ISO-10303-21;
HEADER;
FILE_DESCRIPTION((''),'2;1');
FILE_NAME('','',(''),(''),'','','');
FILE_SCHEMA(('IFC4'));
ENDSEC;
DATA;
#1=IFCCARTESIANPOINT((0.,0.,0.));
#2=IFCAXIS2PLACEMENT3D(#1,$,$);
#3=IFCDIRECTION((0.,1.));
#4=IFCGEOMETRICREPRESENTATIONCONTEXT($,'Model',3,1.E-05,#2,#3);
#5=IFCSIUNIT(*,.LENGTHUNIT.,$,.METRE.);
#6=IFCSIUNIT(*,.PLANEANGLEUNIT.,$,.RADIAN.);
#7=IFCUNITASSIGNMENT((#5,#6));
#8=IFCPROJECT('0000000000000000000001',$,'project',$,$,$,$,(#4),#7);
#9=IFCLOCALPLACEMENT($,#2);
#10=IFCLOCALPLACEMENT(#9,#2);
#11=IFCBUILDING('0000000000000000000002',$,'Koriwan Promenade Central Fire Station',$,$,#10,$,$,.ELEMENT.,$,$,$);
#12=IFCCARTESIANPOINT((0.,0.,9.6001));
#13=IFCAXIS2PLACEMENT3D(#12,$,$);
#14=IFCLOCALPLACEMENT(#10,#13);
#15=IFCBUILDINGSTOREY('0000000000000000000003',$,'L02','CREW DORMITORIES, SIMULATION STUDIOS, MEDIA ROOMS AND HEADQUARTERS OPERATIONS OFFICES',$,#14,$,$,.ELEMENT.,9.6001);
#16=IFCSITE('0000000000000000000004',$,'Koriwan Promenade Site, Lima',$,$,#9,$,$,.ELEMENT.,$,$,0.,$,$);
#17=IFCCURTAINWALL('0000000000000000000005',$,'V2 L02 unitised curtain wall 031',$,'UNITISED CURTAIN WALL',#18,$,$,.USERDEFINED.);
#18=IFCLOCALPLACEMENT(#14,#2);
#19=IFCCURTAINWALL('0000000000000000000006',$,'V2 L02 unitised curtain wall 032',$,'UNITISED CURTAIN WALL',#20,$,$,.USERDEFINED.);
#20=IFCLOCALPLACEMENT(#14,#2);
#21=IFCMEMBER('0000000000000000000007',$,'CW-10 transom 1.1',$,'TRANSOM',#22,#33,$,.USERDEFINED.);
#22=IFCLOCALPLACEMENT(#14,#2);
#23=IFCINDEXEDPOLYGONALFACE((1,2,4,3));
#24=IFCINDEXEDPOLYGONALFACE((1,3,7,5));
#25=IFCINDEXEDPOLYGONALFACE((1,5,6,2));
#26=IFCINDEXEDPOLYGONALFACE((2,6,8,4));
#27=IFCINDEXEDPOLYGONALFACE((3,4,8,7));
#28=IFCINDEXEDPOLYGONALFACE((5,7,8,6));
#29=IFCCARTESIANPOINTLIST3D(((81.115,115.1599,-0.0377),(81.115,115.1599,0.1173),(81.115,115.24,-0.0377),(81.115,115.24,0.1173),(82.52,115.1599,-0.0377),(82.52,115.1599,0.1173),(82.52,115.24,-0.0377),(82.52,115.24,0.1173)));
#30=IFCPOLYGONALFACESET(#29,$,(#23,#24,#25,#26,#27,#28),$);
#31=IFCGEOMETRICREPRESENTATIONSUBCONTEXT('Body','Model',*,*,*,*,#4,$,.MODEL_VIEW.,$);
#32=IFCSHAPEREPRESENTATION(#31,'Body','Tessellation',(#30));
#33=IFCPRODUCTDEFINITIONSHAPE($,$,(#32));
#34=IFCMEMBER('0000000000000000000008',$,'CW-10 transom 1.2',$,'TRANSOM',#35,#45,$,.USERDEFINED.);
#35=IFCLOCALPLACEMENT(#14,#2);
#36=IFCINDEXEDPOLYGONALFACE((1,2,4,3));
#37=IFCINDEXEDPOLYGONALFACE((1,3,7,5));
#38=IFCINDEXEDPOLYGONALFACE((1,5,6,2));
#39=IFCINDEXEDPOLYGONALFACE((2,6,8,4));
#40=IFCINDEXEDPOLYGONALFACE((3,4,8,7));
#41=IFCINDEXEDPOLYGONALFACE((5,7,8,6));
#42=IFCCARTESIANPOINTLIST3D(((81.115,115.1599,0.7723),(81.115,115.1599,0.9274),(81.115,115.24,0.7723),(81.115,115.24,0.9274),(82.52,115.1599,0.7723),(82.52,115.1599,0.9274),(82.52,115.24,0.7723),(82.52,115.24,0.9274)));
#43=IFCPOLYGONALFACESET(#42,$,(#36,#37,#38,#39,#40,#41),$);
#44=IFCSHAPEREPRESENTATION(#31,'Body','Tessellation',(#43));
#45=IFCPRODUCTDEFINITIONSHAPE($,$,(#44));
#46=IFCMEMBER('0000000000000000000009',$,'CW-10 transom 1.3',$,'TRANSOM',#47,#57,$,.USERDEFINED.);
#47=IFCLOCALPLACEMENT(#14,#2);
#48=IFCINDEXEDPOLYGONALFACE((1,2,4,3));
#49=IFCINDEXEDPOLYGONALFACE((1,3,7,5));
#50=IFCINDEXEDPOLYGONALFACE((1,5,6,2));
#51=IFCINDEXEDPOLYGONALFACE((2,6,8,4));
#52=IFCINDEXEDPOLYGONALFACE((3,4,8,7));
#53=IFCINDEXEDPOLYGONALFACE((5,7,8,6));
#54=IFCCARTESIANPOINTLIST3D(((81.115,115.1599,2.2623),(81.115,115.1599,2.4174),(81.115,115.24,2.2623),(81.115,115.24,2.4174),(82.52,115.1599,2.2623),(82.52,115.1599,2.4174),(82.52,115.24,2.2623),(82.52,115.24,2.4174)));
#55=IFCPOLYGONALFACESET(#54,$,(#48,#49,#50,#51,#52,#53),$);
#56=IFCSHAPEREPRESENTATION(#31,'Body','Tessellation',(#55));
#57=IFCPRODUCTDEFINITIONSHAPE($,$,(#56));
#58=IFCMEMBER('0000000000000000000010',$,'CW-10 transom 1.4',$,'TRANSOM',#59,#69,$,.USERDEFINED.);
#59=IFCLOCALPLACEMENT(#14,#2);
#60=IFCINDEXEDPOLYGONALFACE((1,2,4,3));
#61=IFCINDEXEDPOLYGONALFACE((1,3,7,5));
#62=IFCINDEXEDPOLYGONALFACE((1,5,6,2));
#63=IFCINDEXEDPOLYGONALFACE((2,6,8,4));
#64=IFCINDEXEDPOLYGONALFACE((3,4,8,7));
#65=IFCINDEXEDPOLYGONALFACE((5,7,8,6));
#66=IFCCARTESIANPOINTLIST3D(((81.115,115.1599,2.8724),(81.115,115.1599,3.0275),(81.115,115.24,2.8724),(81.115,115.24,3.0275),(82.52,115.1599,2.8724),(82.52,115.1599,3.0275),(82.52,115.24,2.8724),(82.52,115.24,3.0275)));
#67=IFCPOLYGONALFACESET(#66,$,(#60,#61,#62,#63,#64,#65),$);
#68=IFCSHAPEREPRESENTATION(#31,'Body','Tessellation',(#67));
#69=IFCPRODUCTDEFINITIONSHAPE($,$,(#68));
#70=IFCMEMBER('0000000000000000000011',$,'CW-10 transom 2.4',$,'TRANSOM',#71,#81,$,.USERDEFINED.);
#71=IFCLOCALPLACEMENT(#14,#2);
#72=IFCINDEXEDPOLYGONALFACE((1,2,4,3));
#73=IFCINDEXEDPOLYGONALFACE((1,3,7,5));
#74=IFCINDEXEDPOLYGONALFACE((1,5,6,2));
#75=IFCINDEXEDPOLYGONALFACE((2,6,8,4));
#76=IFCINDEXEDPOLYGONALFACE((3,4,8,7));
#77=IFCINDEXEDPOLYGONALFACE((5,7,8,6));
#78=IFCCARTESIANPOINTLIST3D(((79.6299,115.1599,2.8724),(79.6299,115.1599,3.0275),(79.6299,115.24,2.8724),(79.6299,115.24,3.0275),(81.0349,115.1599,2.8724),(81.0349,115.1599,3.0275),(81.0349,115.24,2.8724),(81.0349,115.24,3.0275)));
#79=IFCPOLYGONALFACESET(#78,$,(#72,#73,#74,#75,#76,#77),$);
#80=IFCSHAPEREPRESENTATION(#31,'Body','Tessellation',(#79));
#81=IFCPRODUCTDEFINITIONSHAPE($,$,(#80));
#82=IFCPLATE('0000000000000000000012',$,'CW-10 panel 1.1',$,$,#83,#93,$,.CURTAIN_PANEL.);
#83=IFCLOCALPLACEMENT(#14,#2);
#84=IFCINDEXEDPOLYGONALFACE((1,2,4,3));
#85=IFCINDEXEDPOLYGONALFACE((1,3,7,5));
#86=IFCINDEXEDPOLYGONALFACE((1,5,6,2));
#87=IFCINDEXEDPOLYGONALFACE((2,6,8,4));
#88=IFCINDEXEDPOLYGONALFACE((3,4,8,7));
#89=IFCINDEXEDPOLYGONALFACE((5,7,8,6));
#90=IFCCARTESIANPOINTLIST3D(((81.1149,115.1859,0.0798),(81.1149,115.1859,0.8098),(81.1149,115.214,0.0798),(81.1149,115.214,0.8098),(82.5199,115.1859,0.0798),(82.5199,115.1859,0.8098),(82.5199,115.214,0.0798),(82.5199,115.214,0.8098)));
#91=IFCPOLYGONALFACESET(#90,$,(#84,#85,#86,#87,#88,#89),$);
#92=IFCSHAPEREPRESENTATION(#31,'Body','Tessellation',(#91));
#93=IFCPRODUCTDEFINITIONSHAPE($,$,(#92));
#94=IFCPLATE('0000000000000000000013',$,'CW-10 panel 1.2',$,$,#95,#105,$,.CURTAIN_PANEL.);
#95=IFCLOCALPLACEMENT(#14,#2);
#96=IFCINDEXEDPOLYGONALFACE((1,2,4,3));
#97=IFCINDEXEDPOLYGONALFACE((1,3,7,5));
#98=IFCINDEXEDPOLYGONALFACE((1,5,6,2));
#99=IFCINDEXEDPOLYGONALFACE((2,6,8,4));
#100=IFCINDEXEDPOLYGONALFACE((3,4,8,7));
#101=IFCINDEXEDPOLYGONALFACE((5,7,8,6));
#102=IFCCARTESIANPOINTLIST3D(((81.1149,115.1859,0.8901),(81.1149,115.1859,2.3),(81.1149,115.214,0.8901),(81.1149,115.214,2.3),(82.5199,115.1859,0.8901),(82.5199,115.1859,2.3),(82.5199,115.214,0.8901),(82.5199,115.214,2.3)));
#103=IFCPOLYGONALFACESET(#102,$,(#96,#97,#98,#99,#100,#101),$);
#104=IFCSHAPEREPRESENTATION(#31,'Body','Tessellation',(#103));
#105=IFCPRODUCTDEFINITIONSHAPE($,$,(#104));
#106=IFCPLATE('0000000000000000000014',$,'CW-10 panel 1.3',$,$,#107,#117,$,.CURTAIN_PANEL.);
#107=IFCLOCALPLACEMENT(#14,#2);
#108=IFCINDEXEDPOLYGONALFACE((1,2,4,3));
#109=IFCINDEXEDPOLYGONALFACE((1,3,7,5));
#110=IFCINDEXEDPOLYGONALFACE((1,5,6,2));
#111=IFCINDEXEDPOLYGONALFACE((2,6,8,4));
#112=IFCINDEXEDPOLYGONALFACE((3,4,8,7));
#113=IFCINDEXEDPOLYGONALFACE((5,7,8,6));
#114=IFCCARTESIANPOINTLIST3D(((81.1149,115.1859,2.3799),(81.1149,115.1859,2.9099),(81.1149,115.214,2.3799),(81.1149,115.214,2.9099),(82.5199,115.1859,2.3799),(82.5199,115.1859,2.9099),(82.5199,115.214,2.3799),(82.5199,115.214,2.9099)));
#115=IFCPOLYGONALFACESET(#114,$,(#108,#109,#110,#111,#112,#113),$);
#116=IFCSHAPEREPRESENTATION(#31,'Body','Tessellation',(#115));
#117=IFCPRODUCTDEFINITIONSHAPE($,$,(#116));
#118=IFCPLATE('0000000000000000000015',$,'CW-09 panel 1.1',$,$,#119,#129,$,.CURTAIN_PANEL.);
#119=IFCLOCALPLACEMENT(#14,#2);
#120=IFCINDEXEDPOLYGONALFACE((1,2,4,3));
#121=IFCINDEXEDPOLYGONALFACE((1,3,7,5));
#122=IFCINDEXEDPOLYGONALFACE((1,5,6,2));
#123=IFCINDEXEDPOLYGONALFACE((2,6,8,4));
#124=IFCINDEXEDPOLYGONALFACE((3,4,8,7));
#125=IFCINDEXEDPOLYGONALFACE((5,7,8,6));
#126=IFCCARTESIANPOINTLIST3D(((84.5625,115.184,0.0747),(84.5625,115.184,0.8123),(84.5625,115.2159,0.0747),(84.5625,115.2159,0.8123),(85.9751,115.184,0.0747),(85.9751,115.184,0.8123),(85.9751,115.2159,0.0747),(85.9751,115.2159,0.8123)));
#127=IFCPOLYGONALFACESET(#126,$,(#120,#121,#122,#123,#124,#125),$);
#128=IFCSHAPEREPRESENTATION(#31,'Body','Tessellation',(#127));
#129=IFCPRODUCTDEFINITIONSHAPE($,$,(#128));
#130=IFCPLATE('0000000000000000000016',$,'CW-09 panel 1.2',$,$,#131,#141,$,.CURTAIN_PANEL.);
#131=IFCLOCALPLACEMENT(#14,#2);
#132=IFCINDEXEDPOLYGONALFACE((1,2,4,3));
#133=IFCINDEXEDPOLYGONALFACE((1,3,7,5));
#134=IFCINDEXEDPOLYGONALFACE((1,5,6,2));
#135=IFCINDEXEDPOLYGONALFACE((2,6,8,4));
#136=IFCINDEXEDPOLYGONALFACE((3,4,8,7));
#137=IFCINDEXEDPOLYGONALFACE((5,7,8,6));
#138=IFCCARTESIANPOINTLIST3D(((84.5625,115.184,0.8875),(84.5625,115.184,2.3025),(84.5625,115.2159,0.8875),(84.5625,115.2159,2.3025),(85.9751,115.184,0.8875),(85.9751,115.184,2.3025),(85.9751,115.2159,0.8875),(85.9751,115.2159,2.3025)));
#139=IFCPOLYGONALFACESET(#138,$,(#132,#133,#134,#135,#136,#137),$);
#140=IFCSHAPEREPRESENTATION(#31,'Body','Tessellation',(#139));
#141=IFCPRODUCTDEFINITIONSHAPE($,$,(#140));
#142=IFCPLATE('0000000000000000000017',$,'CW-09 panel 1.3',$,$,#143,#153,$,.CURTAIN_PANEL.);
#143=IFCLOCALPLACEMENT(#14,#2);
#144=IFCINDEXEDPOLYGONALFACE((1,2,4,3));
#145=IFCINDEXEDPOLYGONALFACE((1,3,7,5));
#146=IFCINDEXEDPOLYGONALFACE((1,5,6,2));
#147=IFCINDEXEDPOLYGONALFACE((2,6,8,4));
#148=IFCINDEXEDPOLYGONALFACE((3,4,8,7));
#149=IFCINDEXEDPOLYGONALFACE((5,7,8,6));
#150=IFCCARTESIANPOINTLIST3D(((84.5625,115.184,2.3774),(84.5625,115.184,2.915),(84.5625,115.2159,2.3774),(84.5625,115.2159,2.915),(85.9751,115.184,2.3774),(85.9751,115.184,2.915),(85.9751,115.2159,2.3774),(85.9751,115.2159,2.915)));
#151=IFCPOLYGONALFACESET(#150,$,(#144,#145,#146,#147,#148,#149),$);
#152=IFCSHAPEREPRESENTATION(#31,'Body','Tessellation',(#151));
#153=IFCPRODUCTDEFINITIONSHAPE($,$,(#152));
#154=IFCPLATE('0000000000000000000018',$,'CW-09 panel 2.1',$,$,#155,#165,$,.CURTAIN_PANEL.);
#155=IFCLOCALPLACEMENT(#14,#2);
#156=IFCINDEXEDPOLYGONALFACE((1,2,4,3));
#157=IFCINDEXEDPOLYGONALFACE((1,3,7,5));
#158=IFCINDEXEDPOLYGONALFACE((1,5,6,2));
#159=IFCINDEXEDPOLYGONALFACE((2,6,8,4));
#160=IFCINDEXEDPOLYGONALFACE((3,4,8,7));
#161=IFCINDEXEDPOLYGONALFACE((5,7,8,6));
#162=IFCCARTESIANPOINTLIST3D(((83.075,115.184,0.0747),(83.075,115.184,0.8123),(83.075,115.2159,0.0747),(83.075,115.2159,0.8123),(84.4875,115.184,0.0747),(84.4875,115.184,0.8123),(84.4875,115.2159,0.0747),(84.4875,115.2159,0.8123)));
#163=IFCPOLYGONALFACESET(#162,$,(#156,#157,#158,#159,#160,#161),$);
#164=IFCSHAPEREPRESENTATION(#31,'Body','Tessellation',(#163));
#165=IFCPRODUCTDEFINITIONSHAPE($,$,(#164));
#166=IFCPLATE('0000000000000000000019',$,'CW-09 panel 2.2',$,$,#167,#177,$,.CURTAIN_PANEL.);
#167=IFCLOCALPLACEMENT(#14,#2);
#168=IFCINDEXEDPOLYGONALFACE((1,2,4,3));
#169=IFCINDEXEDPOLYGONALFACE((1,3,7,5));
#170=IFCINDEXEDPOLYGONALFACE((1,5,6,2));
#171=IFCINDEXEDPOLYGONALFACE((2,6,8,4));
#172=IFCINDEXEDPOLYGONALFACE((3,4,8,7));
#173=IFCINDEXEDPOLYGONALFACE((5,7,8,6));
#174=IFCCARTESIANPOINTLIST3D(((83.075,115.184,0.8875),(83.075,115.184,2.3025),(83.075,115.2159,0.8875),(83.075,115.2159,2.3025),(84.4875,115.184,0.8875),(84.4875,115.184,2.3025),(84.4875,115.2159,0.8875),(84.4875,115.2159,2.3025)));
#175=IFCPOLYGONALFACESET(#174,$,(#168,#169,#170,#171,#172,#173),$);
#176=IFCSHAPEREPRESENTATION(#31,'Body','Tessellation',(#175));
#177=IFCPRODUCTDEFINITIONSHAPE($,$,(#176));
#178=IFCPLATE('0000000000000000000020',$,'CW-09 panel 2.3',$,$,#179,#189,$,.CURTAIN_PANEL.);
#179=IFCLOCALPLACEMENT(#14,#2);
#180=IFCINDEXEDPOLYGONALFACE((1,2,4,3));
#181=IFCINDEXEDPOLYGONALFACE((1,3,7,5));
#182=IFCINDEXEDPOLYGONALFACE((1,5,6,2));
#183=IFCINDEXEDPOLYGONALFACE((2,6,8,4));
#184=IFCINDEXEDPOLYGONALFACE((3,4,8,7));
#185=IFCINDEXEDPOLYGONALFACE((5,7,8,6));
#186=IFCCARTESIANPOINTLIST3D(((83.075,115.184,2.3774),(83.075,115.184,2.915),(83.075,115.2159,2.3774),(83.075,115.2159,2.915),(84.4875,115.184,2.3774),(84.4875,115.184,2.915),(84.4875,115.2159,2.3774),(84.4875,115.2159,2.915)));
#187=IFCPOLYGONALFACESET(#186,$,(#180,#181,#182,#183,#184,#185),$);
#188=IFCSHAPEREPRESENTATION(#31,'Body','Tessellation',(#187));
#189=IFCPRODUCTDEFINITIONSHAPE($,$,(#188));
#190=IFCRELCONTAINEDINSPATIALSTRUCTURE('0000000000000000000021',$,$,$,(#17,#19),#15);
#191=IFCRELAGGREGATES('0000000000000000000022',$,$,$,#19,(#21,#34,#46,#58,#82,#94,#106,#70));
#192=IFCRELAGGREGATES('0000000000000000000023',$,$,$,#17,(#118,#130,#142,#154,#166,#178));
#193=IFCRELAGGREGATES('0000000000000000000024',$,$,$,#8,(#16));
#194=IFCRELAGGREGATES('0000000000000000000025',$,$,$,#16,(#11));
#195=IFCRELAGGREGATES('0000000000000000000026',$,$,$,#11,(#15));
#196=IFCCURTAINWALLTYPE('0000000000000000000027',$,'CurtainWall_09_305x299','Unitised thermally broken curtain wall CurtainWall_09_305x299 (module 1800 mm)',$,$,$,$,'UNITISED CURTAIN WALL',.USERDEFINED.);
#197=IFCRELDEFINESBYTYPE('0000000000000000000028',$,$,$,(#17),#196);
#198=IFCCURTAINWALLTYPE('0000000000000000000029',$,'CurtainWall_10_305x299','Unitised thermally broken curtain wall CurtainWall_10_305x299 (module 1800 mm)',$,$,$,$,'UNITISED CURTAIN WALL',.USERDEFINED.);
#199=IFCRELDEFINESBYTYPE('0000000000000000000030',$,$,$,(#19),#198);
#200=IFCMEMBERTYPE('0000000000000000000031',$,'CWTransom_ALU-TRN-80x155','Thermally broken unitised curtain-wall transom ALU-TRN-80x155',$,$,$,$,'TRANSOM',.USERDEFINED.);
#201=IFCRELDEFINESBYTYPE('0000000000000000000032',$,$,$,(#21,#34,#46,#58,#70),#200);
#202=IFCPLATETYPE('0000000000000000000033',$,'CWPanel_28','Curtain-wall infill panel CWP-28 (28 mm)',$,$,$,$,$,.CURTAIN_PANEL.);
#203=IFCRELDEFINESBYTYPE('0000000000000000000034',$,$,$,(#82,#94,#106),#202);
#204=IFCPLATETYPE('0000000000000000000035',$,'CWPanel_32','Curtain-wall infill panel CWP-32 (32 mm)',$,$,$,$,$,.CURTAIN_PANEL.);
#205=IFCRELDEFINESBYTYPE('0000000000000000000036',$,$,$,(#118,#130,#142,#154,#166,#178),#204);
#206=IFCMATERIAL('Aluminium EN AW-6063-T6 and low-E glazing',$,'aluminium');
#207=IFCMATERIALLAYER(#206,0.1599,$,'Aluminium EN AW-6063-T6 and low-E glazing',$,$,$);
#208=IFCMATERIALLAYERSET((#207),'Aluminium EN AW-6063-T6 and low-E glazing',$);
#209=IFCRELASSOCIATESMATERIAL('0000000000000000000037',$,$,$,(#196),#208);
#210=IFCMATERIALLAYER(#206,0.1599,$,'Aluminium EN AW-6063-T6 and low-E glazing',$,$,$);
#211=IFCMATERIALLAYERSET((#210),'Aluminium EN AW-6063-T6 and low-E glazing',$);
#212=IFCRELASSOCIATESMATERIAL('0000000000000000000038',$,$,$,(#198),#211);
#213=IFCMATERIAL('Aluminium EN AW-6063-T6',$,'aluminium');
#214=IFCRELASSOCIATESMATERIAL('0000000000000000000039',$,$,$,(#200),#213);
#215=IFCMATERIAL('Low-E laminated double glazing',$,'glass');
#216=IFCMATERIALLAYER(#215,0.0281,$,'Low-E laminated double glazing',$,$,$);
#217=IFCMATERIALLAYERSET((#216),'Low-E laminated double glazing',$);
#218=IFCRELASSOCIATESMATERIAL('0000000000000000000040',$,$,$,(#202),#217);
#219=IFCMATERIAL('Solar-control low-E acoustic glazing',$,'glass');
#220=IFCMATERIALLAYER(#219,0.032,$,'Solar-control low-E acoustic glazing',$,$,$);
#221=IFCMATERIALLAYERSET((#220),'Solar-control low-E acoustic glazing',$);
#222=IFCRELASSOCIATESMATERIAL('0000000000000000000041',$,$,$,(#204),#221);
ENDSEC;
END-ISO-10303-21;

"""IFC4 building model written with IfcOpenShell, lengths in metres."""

from ifc_helpers import new_model, si_unit, direction, frame, origin, origin_2d, place, context, subcontext, project, spatial, rectangle, extrude, material, layer, layer_set, material_profile, profile_set, type_object, element, aggregate, save


model = new_model("IFC4")

# Units and contexts
model_context = context("Model", 3, precision=1e-05, world=origin(), true_north=direction((0.0, 1.0)))
body_context = subcontext(model_context, "Body", "Model", "MODEL_VIEW")
ifc_project = project(units=[si_unit("LENGTHUNIT", "METRE"), si_unit("PLANEANGLEUNIT", "RADIAN")], contexts=[model_context])

# Site, building, storey
site_placement = place(None, origin())
site = spatial("IfcSite", under=ifc_project, at=site_placement, Name="Koriwan Promenade Site, Lima", CompositionType="ELEMENT", RefElevation=0.0)
building_placement = place(site_placement, origin())
building = spatial("IfcBuilding", under=site, at=building_placement, Name="Koriwan Promenade Central Fire Station", CompositionType="ELEMENT")
storey_placement = place(building_placement, frame((0.0, 0.0, 9.6001)))
storey = spatial("IfcBuildingStorey", under=building, at=storey_placement, Name="L02", Description="CREW DORMITORIES, SIMULATION STUDIOS, MEDIA ROOMS AND HEADQUARTERS OPERATIONS OFFICES", CompositionType="ELEMENT", Elevation=9.6001)

# Curtain walls
ifc_material_1 = material(Name="Aluminium EN AW-6063-T6 and low-E glazing", Category="aluminium")
ifc_layer_1 = layer(ifc_material_1, 0.1599, Name="Aluminium EN AW-6063-T6 and low-E glazing")
ifc_layer_set_1 = layer_set([ifc_layer_1], Name="Aluminium EN AW-6063-T6 and low-E glazing")
curtain_wall_type_1 = type_object("IfcCurtainWallType", Name="CurtainWall_09_305x299", Description="Unitised thermally broken curtain wall CurtainWall_09_305x299 (module 1800 mm)", ElementType="UNITISED CURTAIN WALL", PredefinedType="USERDEFINED", material=ifc_layer_set_1)
curtain_wall_1_placement = place(storey_placement, origin())
curtain_wall_1 = element("IfcCurtainWall", 1, at=curtain_wall_1_placement, inside=storey, type_object=curtain_wall_type_1, Name="V2 L02 unitised curtain wall 031", ObjectType="UNITISED CURTAIN WALL", PredefinedType="USERDEFINED")
ifc_material_2 = material(Name="Aluminium EN AW-6063-T6", Category="aluminium")
ifc_layer_2 = layer(ifc_material_1, 0.1599, Name="Aluminium EN AW-6063-T6 and low-E glazing")
ifc_layer_set_2 = layer_set([ifc_layer_2], Name="Aluminium EN AW-6063-T6 and low-E glazing")
curtain_wall_type_2 = type_object("IfcCurtainWallType", Name="CurtainWall_10_305x299", Description="Unitised thermally broken curtain wall CurtainWall_10_305x299 (module 1800 mm)", ElementType="UNITISED CURTAIN WALL", PredefinedType="USERDEFINED", material=ifc_layer_set_2)
curtain_wall_2_placement = place(storey_placement, origin())
curtain_wall_2 = element("IfcCurtainWall", 2, at=curtain_wall_2_placement, inside=storey, type_object=curtain_wall_type_2, Name="V2 L02 unitised curtain wall 032", ObjectType="UNITISED CURTAIN WALL", PredefinedType="USERDEFINED")

# Members
ifc_material_profile_1 = material_profile(ifc_material_2, rectangle(XDim=0.0801, YDim=0.155, at=origin_2d()), Name="ALU-TRN-80x155")
ifc_profile_set_1 = profile_set([ifc_material_profile_1], Name="Aluminium EN AW-6063-T6")
member_type_1 = type_object("IfcMemberType", Name="CWTransom_ALU-TRN-80x155", Description="Thermally broken unitised curtain-wall transom ALU-TRN-80x155", ElementType="TRANSOM", PredefinedType="USERDEFINED", material=ifc_profile_set_1)
member_1_placement = place(storey_placement, frame((82.52, 115.2, 0.0398), z_axis=(-1.0, 0.0, 0.0), x_axis=(0.0, -1.0, 0.0)))
member_1 = element("IfcMember", 3, at=member_1_placement, type_object=member_type_1, Name="CW-10 transom 1.1", ObjectType="TRANSOM", PredefinedType="USERDEFINED", context=body_context, shape_type="SweptSolid", body=[
    extrude(rectangle(XDim=0.0801, YDim=0.155, at=origin_2d()), origin(), (0.0, 0.0, 1.0), 1.405),
])
member_2_placement = place(storey_placement, frame((82.52, 115.2, 0.8499), z_axis=(-1.0, 0.0, 0.0), x_axis=(0.0, -1.0, 0.0)))
member_2 = element("IfcMember", 4, at=member_2_placement, type_object=member_type_1, Name="CW-10 transom 1.2", ObjectType="TRANSOM", PredefinedType="USERDEFINED", context=body_context, shape_type="SweptSolid", body=[
    extrude(rectangle(XDim=0.0801, YDim=0.155, at=origin_2d()), origin(), (0.0, 0.0, 1.0), 1.405),
])
member_3_placement = place(storey_placement, frame((82.52, 115.2, 2.3398), z_axis=(-1.0, 0.0, 0.0), x_axis=(0.0, -1.0, 0.0)))
member_3 = element("IfcMember", 5, at=member_3_placement, type_object=member_type_1, Name="CW-10 transom 1.3", ObjectType="TRANSOM", PredefinedType="USERDEFINED", context=body_context, shape_type="SweptSolid", body=[
    extrude(rectangle(XDim=0.0801, YDim=0.155, at=origin_2d()), origin(), (0.0, 0.0, 1.0), 1.405),
])
member_4_placement = place(storey_placement, frame((82.52, 115.2, 2.95), z_axis=(-1.0, 0.0, 0.0), x_axis=(0.0, -1.0, 0.0)))
member_4 = element("IfcMember", 6, at=member_4_placement, type_object=member_type_1, Name="CW-10 transom 1.4", ObjectType="TRANSOM", PredefinedType="USERDEFINED", context=body_context, shape_type="SweptSolid", body=[
    extrude(rectangle(XDim=0.0801, YDim=0.155, at=origin_2d()), origin(), (0.0, 0.0, 1.0), 1.405),
])
member_5_placement = place(storey_placement, frame((81.0349, 115.2, 2.95), z_axis=(-1.0, 0.0, 0.0), x_axis=(0.0, -1.0, 0.0)))
member_5 = element("IfcMember", 7, at=member_5_placement, type_object=member_type_1, Name="CW-10 transom 2.4", ObjectType="TRANSOM", PredefinedType="USERDEFINED", context=body_context, shape_type="SweptSolid", body=[
    extrude(rectangle(XDim=0.0801, YDim=0.155, at=origin_2d()), origin(), (0.0, 0.0, 1.0), 1.405),
])

# Plates
ifc_material_3 = material(Name="Low-E laminated double glazing", Category="glass")
ifc_layer_3 = layer(ifc_material_3, 0.0281, Name="Low-E laminated double glazing")
ifc_layer_set_3 = layer_set([ifc_layer_3], Name="Low-E laminated double glazing")
plate_type_1 = type_object("IfcPlateType", Name="CWPanel_28", Description="Curtain-wall infill panel CWP-28 (28 mm)", PredefinedType="CURTAIN_PANEL", material=ifc_layer_set_3)
plate_1_placement = place(storey_placement, frame((81.8174, 115.2, 0.0798), z_axis=(0.0, 0.0, 1.0), x_axis=(-1.0, 0.0, 0.0)))
plate_1 = element("IfcPlate", 8, at=plate_1_placement, type_object=plate_type_1, Name="CW-10 panel 1.1", PredefinedType="CURTAIN_PANEL", context=body_context, shape_type="SweptSolid", body=[
    extrude(rectangle(XDim=1.405, YDim=0.0281, at=origin_2d()), origin(), (0.0, 0.0, 1.0), 0.73),
])
plate_2_placement = place(storey_placement, frame((81.8174, 115.2, 0.8901), z_axis=(0.0, 0.0, 1.0), x_axis=(-1.0, 0.0, 0.0)))
plate_2 = element("IfcPlate", 9, at=plate_2_placement, type_object=plate_type_1, Name="CW-10 panel 1.2", PredefinedType="CURTAIN_PANEL", context=body_context, shape_type="SweptSolid", body=[
    extrude(rectangle(XDim=1.405, YDim=0.0281, at=origin_2d()), origin(), (0.0, 0.0, 1.0), 1.4099),
])
plate_3_placement = place(storey_placement, frame((81.8174, 115.2, 2.3799), z_axis=(0.0, 0.0, 1.0), x_axis=(-1.0, 0.0, 0.0)))
plate_3 = element("IfcPlate", 10, at=plate_3_placement, type_object=plate_type_1, Name="CW-10 panel 1.3", PredefinedType="CURTAIN_PANEL", context=body_context, shape_type="SweptSolid", body=[
    extrude(rectangle(XDim=1.405, YDim=0.0281, at=origin_2d()), origin(), (0.0, 0.0, 1.0), 0.53),
])
aggregate(curtain_wall_2, [member_1, member_2, member_3, member_4, plate_1, plate_2, plate_3, member_5])
ifc_material_4 = material(Name="Solar-control low-E acoustic glazing", Category="glass")
ifc_layer_4 = layer(ifc_material_4, 0.032, Name="Solar-control low-E acoustic glazing")
ifc_layer_set_4 = layer_set([ifc_layer_4], Name="Solar-control low-E acoustic glazing")
plate_type_2 = type_object("IfcPlateType", Name="CWPanel_32", Description="Curtain-wall infill panel CWP-32 (32 mm)", PredefinedType="CURTAIN_PANEL", material=ifc_layer_set_4)
plate_4_placement = place(storey_placement, frame((85.2688, 115.2, 0.0747), z_axis=(0.0, 0.0, 1.0), x_axis=(-1.0, 0.0, 0.0)))
plate_4 = element("IfcPlate", 11, at=plate_4_placement, type_object=plate_type_2, Name="CW-09 panel 1.1", PredefinedType="CURTAIN_PANEL", context=body_context, shape_type="SweptSolid", body=[
    extrude(rectangle(XDim=1.4126, YDim=0.032, at=origin_2d()), origin(), (0.0, 0.0, 1.0), 0.7375),
])
plate_5_placement = place(storey_placement, frame((85.2688, 115.2, 0.8875), z_axis=(0.0, 0.0, 1.0), x_axis=(-1.0, 0.0, 0.0)))
plate_5 = element("IfcPlate", 12, at=plate_5_placement, type_object=plate_type_2, Name="CW-09 panel 1.2", PredefinedType="CURTAIN_PANEL", context=body_context, shape_type="SweptSolid", body=[
    extrude(rectangle(XDim=1.4126, YDim=0.032, at=origin_2d()), origin(), (0.0, 0.0, 1.0), 1.415),
])
plate_6_placement = place(storey_placement, frame((85.2688, 115.2, 2.3774), z_axis=(0.0, 0.0, 1.0), x_axis=(-1.0, 0.0, 0.0)))
plate_6 = element("IfcPlate", 13, at=plate_6_placement, type_object=plate_type_2, Name="CW-09 panel 1.3", PredefinedType="CURTAIN_PANEL", context=body_context, shape_type="SweptSolid", body=[
    extrude(rectangle(XDim=1.4126, YDim=0.032, at=origin_2d()), origin(), (0.0, 0.0, 1.0), 0.5376),
])
plate_7_placement = place(storey_placement, frame((83.7812, 115.2, 0.0747), z_axis=(0.0, 0.0, 1.0), x_axis=(-1.0, 0.0, 0.0)))
plate_7 = element("IfcPlate", 14, at=plate_7_placement, type_object=plate_type_2, Name="CW-09 panel 2.1", PredefinedType="CURTAIN_PANEL", context=body_context, shape_type="SweptSolid", body=[
    extrude(rectangle(XDim=1.4126, YDim=0.032, at=origin_2d()), origin(), (0.0, 0.0, 1.0), 0.7375),
])
plate_8_placement = place(storey_placement, frame((83.7812, 115.2, 0.8875), z_axis=(0.0, 0.0, 1.0), x_axis=(-1.0, 0.0, 0.0)))
plate_8 = element("IfcPlate", 15, at=plate_8_placement, type_object=plate_type_2, Name="CW-09 panel 2.2", PredefinedType="CURTAIN_PANEL", context=body_context, shape_type="SweptSolid", body=[
    extrude(rectangle(XDim=1.4126, YDim=0.032, at=origin_2d()), origin(), (0.0, 0.0, 1.0), 1.415),
])
plate_9_placement = place(storey_placement, frame((83.7812, 115.2, 2.3774), z_axis=(0.0, 0.0, 1.0), x_axis=(-1.0, 0.0, 0.0)))
plate_9 = element("IfcPlate", 16, at=plate_9_placement, type_object=plate_type_2, Name="CW-09 panel 2.3", PredefinedType="CURTAIN_PANEL", context=body_context, shape_type="SweptSolid", body=[
    extrude(rectangle(XDim=1.4126, YDim=0.032, at=origin_2d()), origin(), (0.0, 0.0, 1.0), 0.5376),
])
aggregate(curtain_wall_1, [plate_4, plate_5, plate_6, plate_7, plate_8, plate_9])

save(model, "model.ifc")
